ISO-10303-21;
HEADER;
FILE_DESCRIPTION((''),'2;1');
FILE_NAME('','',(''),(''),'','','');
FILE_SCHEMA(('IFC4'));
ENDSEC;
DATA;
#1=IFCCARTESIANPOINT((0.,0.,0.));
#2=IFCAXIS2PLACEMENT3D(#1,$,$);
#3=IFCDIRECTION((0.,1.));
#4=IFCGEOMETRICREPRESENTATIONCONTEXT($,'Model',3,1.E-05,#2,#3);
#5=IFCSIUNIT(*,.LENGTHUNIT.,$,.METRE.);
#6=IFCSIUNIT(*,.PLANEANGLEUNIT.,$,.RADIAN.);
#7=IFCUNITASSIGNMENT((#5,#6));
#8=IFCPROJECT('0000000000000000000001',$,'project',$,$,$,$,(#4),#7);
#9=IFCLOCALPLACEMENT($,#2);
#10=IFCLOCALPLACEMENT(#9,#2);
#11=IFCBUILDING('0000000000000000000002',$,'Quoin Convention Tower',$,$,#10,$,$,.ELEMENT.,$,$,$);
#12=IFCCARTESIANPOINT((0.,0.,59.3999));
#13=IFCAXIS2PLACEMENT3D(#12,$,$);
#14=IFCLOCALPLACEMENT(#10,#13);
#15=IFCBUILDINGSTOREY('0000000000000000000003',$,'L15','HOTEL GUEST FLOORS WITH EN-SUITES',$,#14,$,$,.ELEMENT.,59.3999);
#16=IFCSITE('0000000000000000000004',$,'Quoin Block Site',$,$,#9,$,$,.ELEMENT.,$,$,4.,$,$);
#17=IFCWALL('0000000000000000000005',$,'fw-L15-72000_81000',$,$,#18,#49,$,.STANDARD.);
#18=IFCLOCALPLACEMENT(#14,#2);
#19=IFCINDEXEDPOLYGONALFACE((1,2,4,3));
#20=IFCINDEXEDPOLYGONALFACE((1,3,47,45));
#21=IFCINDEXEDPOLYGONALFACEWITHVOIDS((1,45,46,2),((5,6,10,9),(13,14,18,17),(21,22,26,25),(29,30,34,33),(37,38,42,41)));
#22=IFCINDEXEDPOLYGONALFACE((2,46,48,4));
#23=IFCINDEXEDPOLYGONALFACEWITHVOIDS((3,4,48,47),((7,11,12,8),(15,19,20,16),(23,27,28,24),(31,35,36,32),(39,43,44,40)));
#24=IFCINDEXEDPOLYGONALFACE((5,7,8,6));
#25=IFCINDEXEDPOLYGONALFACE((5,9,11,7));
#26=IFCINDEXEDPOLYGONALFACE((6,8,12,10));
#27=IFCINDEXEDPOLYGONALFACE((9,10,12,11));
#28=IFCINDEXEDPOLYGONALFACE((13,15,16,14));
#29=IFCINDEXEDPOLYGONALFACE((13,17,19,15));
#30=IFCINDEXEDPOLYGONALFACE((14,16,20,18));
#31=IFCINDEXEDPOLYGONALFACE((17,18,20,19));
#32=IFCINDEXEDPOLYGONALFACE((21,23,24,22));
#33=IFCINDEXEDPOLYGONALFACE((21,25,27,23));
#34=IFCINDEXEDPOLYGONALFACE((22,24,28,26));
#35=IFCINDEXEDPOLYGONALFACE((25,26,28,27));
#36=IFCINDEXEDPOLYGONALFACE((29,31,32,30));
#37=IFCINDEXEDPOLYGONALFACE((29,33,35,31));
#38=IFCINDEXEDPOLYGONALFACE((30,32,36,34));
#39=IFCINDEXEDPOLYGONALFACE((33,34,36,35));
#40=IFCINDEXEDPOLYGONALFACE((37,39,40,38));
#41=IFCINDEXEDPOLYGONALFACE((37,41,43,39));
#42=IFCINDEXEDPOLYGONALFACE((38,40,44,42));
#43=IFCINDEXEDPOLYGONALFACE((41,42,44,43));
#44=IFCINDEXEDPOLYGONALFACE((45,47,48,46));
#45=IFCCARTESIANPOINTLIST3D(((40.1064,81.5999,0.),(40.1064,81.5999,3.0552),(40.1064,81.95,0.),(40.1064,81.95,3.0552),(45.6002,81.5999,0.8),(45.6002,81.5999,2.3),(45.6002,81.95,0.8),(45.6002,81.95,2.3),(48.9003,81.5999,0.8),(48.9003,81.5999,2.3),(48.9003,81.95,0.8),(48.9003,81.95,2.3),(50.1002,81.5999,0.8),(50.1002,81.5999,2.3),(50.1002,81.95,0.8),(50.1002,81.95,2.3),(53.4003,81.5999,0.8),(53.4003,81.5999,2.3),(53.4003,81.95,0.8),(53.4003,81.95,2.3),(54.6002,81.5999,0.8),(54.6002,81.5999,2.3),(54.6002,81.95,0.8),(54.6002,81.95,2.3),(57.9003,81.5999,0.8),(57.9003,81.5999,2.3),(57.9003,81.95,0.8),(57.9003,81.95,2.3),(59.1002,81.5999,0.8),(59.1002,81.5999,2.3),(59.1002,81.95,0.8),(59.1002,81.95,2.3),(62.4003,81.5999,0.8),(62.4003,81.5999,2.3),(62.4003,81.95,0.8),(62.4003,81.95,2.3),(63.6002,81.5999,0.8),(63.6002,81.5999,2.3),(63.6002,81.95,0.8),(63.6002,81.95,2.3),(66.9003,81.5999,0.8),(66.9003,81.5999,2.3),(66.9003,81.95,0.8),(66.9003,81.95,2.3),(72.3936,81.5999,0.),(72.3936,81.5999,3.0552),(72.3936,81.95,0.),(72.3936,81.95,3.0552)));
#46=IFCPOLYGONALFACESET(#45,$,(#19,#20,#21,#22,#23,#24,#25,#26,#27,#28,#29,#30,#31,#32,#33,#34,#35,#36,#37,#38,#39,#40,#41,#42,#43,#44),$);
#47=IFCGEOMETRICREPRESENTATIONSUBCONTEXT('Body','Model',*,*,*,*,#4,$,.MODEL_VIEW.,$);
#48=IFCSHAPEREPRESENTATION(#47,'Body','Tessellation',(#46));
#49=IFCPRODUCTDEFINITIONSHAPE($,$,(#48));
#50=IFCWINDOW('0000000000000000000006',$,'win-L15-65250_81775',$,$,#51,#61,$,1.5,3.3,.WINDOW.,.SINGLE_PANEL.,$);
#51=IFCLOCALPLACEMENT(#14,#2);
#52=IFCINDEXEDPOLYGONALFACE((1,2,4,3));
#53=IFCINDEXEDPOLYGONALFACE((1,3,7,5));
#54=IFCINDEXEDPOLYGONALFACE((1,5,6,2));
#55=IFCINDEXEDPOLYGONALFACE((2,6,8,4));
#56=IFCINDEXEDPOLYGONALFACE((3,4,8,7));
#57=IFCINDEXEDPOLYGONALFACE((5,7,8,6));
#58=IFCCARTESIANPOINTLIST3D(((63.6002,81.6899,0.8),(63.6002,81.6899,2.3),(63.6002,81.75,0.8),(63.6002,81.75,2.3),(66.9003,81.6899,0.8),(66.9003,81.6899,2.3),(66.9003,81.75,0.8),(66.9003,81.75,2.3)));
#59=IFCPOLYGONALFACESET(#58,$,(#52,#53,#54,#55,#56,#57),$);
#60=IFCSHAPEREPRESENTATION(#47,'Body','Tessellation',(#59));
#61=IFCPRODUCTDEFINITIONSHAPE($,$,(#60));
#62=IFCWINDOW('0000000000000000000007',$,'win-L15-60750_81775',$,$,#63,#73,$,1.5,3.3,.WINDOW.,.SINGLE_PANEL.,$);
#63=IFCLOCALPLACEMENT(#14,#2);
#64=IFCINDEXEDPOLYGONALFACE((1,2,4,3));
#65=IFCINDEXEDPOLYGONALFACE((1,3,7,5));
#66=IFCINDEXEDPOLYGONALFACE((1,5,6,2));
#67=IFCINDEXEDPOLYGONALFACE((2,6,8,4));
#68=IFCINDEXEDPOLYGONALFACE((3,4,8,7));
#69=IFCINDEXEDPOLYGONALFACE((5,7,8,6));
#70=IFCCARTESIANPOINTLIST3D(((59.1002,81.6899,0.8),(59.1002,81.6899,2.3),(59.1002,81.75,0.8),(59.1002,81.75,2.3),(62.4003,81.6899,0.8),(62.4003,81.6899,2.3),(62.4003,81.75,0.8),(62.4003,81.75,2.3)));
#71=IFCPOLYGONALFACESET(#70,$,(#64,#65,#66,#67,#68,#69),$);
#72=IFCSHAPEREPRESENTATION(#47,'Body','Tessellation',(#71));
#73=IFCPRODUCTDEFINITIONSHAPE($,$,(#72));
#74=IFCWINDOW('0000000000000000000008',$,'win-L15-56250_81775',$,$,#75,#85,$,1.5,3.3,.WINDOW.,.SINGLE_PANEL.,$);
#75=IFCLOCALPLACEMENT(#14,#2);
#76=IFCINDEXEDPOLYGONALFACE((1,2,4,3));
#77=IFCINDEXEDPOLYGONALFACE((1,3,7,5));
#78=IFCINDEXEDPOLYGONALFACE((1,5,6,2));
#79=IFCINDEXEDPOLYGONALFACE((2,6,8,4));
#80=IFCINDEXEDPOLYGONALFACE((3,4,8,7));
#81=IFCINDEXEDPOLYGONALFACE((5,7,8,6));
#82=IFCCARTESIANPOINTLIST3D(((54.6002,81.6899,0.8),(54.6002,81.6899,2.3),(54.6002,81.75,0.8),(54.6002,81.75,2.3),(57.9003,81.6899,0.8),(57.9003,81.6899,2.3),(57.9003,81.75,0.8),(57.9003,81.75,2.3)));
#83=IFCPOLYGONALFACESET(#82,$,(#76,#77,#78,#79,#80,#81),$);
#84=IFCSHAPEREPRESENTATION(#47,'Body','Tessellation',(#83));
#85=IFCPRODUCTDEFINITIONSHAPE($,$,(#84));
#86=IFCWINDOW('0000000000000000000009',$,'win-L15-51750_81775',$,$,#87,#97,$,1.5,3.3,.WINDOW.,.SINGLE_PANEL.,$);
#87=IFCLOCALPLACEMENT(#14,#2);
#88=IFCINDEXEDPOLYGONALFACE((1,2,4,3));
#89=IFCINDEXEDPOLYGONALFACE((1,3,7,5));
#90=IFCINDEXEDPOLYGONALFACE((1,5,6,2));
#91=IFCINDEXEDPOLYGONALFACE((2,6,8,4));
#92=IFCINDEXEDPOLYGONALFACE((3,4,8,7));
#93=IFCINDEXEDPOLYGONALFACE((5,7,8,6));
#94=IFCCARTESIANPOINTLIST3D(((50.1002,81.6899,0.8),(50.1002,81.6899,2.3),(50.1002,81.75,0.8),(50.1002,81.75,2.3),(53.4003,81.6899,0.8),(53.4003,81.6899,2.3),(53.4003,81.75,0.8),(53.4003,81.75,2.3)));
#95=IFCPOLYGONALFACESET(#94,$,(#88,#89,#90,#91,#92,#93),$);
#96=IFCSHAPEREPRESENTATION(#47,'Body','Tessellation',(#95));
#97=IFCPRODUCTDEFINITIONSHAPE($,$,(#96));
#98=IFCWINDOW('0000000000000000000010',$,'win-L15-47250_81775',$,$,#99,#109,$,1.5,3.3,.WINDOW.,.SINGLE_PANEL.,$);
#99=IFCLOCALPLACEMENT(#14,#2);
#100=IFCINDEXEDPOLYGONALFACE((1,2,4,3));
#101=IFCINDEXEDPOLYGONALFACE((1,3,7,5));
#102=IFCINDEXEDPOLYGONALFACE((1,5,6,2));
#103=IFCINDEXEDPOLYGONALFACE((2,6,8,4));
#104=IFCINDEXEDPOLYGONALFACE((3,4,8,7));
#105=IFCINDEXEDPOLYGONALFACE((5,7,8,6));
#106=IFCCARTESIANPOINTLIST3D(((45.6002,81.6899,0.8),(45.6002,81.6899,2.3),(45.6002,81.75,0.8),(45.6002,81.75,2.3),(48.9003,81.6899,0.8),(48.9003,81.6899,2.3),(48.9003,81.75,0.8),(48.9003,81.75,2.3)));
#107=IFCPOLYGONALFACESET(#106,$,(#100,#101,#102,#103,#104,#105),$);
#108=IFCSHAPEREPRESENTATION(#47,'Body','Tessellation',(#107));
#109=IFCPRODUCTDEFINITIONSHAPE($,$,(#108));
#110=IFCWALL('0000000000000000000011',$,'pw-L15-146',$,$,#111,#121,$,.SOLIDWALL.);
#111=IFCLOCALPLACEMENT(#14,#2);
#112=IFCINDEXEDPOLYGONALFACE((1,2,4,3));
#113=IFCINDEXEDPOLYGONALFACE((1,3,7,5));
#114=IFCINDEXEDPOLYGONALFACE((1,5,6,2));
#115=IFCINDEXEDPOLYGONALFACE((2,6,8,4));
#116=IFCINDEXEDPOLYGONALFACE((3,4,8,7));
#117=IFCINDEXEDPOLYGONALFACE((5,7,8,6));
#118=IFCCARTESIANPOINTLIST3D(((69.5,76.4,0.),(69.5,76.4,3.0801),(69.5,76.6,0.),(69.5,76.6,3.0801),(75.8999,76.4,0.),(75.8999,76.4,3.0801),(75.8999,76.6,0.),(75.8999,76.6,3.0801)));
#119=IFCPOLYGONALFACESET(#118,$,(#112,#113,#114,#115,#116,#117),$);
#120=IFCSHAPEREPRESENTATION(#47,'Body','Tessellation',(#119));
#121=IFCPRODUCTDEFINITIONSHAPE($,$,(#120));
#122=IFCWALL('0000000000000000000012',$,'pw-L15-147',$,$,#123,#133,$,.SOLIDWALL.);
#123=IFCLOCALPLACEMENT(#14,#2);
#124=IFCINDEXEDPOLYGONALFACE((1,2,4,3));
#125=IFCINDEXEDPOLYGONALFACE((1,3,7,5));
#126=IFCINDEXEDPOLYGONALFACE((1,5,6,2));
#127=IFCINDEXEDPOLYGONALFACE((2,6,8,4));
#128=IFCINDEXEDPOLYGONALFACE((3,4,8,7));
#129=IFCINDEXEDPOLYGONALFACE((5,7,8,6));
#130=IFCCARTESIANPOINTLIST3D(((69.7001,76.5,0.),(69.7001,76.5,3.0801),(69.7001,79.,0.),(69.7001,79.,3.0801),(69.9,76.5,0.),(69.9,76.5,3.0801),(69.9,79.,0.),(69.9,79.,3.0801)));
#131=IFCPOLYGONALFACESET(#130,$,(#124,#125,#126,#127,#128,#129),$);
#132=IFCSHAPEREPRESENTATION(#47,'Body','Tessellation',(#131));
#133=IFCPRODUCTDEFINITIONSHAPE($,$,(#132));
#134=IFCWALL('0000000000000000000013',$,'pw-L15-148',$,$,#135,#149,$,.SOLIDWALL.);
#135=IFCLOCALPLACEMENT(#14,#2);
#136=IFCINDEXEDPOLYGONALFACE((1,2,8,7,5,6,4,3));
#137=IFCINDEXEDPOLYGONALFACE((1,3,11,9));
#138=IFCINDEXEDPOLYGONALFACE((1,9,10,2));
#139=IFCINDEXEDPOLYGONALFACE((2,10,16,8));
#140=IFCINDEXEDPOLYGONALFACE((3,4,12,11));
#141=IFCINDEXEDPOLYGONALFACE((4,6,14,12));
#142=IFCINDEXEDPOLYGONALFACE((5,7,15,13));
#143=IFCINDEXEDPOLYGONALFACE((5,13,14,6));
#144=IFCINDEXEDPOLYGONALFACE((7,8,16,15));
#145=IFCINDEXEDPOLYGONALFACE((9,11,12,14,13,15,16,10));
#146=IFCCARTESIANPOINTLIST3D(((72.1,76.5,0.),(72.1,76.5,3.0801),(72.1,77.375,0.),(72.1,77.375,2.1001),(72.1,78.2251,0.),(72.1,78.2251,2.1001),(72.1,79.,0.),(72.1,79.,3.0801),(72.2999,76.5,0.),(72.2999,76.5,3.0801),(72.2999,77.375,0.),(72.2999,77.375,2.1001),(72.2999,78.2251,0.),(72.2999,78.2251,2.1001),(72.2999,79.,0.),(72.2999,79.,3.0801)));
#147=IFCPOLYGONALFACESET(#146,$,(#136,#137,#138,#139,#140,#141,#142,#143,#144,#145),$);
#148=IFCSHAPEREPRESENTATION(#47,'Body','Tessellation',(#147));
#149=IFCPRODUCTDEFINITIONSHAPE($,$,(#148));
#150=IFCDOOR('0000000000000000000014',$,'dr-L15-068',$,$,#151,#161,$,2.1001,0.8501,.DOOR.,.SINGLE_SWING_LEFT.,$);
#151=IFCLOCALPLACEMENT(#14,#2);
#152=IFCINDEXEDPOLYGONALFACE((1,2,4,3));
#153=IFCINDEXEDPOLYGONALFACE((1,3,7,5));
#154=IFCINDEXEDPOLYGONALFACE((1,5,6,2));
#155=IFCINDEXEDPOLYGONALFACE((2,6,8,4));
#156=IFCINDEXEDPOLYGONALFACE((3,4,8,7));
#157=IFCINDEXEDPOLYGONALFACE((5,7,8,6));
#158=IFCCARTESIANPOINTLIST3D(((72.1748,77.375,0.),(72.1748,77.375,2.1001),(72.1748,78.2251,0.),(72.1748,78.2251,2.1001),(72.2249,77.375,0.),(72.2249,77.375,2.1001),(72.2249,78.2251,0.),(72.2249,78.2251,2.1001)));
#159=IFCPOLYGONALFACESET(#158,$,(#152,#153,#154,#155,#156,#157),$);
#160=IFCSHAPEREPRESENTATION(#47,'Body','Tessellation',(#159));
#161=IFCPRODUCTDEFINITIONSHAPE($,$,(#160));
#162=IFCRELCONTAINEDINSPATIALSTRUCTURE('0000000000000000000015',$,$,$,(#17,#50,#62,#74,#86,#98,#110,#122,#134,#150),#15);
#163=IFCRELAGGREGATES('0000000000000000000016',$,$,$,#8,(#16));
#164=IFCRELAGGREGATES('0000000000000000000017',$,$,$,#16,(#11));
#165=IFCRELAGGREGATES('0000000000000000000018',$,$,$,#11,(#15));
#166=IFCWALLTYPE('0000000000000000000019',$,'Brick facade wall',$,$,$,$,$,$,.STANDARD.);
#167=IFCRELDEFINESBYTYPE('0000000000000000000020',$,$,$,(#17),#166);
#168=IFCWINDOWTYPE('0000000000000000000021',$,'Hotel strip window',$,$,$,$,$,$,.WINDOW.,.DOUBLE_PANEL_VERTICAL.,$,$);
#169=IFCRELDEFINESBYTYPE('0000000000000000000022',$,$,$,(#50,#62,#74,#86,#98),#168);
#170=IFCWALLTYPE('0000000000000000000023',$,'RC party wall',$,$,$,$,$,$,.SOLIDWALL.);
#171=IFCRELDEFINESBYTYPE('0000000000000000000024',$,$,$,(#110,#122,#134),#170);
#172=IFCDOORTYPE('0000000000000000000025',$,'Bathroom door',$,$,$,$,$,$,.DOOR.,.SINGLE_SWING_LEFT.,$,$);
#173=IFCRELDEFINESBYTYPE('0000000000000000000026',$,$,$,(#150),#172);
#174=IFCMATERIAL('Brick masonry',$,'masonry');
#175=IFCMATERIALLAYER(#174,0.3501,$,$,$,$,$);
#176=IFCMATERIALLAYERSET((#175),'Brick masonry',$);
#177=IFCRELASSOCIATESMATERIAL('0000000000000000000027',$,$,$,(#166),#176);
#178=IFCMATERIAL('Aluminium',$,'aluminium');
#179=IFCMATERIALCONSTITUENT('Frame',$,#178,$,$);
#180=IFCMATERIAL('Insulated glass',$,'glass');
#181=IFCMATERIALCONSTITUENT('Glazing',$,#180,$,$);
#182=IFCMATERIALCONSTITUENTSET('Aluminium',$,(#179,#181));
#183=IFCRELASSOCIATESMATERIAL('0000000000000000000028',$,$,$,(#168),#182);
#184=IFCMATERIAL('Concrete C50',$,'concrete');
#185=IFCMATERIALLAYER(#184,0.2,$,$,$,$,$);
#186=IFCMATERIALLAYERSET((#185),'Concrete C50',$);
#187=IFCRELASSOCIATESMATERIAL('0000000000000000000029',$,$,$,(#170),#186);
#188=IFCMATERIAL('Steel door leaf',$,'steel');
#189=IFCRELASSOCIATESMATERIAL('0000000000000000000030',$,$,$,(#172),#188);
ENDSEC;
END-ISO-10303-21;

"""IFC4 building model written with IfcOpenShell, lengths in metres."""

from ifc_helpers import new_model, si_unit, direction, frame, frame_2d, origin, place, context, subcontext, project, spatial, rectangle, extrude, material, layer, layer_set, constituent, constituent_set, type_object, element, fill, save


model = new_model("IFC4")

# Units and contexts
model_context = context("Model", 3, precision=1e-05, world=origin(), true_north=direction((0.0, 1.0)))
body_context = subcontext(model_context, "Body", "Model", "MODEL_VIEW")
ifc_project = project(units=[si_unit("LENGTHUNIT", "METRE"), si_unit("PLANEANGLEUNIT", "RADIAN")], contexts=[model_context])

# Site, building, storey
site_placement = place(None, origin())
site = spatial("IfcSite", under=ifc_project, at=site_placement, Name="Quoin Block Site", CompositionType="ELEMENT", RefElevation=4.0)
building_placement = place(site_placement, origin())
building = spatial("IfcBuilding", under=site, at=building_placement, Name="Quoin Convention Tower", CompositionType="ELEMENT")
storey_placement = place(building_placement, frame((0.0, 0.0, 59.3999)))
storey = spatial("IfcBuildingStorey", under=building, at=storey_placement, Name="L15", Description="HOTEL GUEST FLOORS WITH EN-SUITES", CompositionType="ELEMENT", Elevation=59.3999)

# Shared definitions
ifc_material_1 = material(Name="Brick masonry", Category="masonry")
ifc_layer_1 = layer(ifc_material_1, 0.3501)
ifc_layer_set_1 = layer_set([ifc_layer_1], Name="Brick masonry")
wall_type_1 = type_object("IfcWallType", Name="Brick facade wall", PredefinedType="STANDARD", material=ifc_layer_set_1)
ifc_material_2 = material(Name="Aluminium", Category="aluminium")
ifc_constituent_1 = constituent(ifc_material_2, Name="Frame")
ifc_material_3 = material(Name="Insulated glass", Category="glass")
ifc_constituent_2 = constituent(ifc_material_3, Name="Glazing")
ifc_constituent_set = constituent_set(constituents=[ifc_constituent_1, ifc_constituent_2], Name="Aluminium")
window_type = type_object("IfcWindowType", Name="Hotel strip window", PartitioningType="DOUBLE_PANEL_VERTICAL", PredefinedType="WINDOW", material=ifc_constituent_set)

# Wall, openings, windows
wall_1_placement = place(storey_placement, frame((72.3936, 81.7749, 0.0), z_axis=(0.0, 0.0, 1.0), x_axis=(-1.0, 0.0, 0.0)))
wall_1 = element("IfcWall", 1, at=wall_1_placement, inside=storey, type_object=wall_type_1, Name="fw-L15-72000_81000", PredefinedType="STANDARD", context=body_context, shape_type="SweptSolid", body=[
    extrude(rectangle(XDim=32.2871, YDim=0.3501, at=frame_2d((16.1436, 0.0))), origin(), (0.0, 0.0, 1.0), 3.0552),
])
opening_1_placement = place(wall_1_placement, frame((5.4934, 0.0, 0.8)))
opening_1 = element("IfcOpeningElement", 2, at=opening_1_placement, cuts=wall_1, PredefinedType="OPENING", context=body_context, shape_type="SweptSolid", body=[
    extrude(rectangle(XDim=3.3, YDim=1.5, at=frame_2d((1.6499, 0.75))), frame((0.0, 0.1851, 0.0), z_axis=(0.0, -1.0, 0.0), x_axis=(1.0, 0.0, 0.0)), (0.0, 0.0, 1.0), 0.3701),
])
opening_2_placement = place(wall_1_placement, frame((9.9934, 0.0, 0.8)))
opening_2 = element("IfcOpeningElement", 3, at=opening_2_placement, cuts=wall_1, PredefinedType="OPENING", context=body_context, shape_type="SweptSolid", body=[
    extrude(rectangle(XDim=3.3, YDim=1.5, at=frame_2d((1.6499, 0.75))), frame((0.0, 0.1851, 0.0), z_axis=(0.0, -1.0, 0.0), x_axis=(1.0, 0.0, 0.0)), (0.0, 0.0, 1.0), 0.3701),
])
opening_3_placement = place(wall_1_placement, frame((14.4934, 0.0, 0.8)))
opening_3 = element("IfcOpeningElement", 4, at=opening_3_placement, cuts=wall_1, PredefinedType="OPENING", context=body_context, shape_type="SweptSolid", body=[
    extrude(rectangle(XDim=3.3, YDim=1.5, at=frame_2d((1.6499, 0.75))), frame((0.0, 0.1851, 0.0), z_axis=(0.0, -1.0, 0.0), x_axis=(1.0, 0.0, 0.0)), (0.0, 0.0, 1.0), 0.3701),
])
opening_4_placement = place(wall_1_placement, frame((18.9934, 0.0, 0.8)))
opening_4 = element("IfcOpeningElement", 5, at=opening_4_placement, cuts=wall_1, PredefinedType="OPENING", context=body_context, shape_type="SweptSolid", body=[
    extrude(rectangle(XDim=3.3, YDim=1.5, at=frame_2d((1.6499, 0.75))), frame((0.0, 0.1851, 0.0), z_axis=(0.0, -1.0, 0.0), x_axis=(1.0, 0.0, 0.0)), (0.0, 0.0, 1.0), 0.3701),
])
opening_5_placement = place(wall_1_placement, frame((23.4934, 0.0, 0.8)))
opening_5 = element("IfcOpeningElement", 6, at=opening_5_placement, cuts=wall_1, PredefinedType="OPENING", context=body_context, shape_type="SweptSolid", body=[
    extrude(rectangle(XDim=3.3, YDim=1.5, at=frame_2d((1.6499, 0.75))), frame((0.0, 0.1851, 0.0), z_axis=(0.0, -1.0, 0.0), x_axis=(1.0, 0.0, 0.0)), (0.0, 0.0, 1.0), 0.3701),
])
window_1_placement = place(opening_1_placement, origin())
window_1 = element("IfcWindow", 7, at=window_1_placement, inside=storey, type_object=window_type, Name="win-L15-65250_81775", OverallHeight=1.5, OverallWidth=3.3, PartitioningType="SINGLE_PANEL", PredefinedType="WINDOW", context=body_context, shape_type="SweptSolid", body=[
    extrude(rectangle(XDim=3.3, YDim=1.5, at=frame_2d((1.6499, 0.75))), frame((0.0, 0.085, 0.0), z_axis=(0.0, -1.0, 0.0), x_axis=(1.0, 0.0, 0.0)), (0.0, 0.0, 1.0), 0.0601),
])
fill(opening_1, window_1)
window_2_placement = place(opening_2_placement, origin())
window_2 = element("IfcWindow", 8, at=window_2_placement, inside=storey, type_object=window_type, Name="win-L15-60750_81775", OverallHeight=1.5, OverallWidth=3.3, PartitioningType="SINGLE_PANEL", PredefinedType="WINDOW", context=body_context, shape_type="SweptSolid", body=[
    extrude(rectangle(XDim=3.3, YDim=1.5, at=frame_2d((1.6499, 0.75))), frame((0.0, 0.085, 0.0), z_axis=(0.0, -1.0, 0.0), x_axis=(1.0, 0.0, 0.0)), (0.0, 0.0, 1.0), 0.0601),
])
fill(opening_2, window_2)
window_3_placement = place(opening_3_placement, origin())
window_3 = element("IfcWindow", 9, at=window_3_placement, inside=storey, type_object=window_type, Name="win-L15-56250_81775", OverallHeight=1.5, OverallWidth=3.3, PartitioningType="SINGLE_PANEL", PredefinedType="WINDOW", context=body_context, shape_type="SweptSolid", body=[
    extrude(rectangle(XDim=3.3, YDim=1.5, at=frame_2d((1.6499, 0.75))), frame((0.0, 0.085, 0.0), z_axis=(0.0, -1.0, 0.0), x_axis=(1.0, 0.0, 0.0)), (0.0, 0.0, 1.0), 0.0601),
])
fill(opening_3, window_3)
window_4_placement = place(opening_4_placement, origin())
window_4 = element("IfcWindow", 10, at=window_4_placement, inside=storey, type_object=window_type, Name="win-L15-51750_81775", OverallHeight=1.5, OverallWidth=3.3, PartitioningType="SINGLE_PANEL", PredefinedType="WINDOW", context=body_context, shape_type="SweptSolid", body=[
    extrude(rectangle(XDim=3.3, YDim=1.5, at=frame_2d((1.6499, 0.75))), frame((0.0, 0.085, 0.0), z_axis=(0.0, -1.0, 0.0), x_axis=(1.0, 0.0, 0.0)), (0.0, 0.0, 1.0), 0.0601),
])
fill(opening_4, window_4)
window_5_placement = place(opening_5_placement, origin())
window_5 = element("IfcWindow", 11, at=window_5_placement, inside=storey, type_object=window_type, Name="win-L15-47250_81775", OverallHeight=1.5, OverallWidth=3.3, PartitioningType="SINGLE_PANEL", PredefinedType="WINDOW", context=body_context, shape_type="SweptSolid", body=[
    extrude(rectangle(XDim=3.3, YDim=1.5, at=frame_2d((1.6499, 0.75))), frame((0.0, 0.085, 0.0), z_axis=(0.0, -1.0, 0.0), x_axis=(1.0, 0.0, 0.0)), (0.0, 0.0, 1.0), 0.0601),
])
fill(opening_5, window_5)

# Walls
ifc_material_4 = material(Name="Concrete C50", Category="concrete")
ifc_layer_2 = layer(ifc_material_4, 0.2)
ifc_layer_set_2 = layer_set([ifc_layer_2], Name="Concrete C50")
wall_type_2 = type_object("IfcWallType", Name="RC party wall", PredefinedType="SOLIDWALL", material=ifc_layer_set_2)
wall_2_placement = place(storey_placement, frame((69.5, 76.5, 0.0), z_axis=(0.0, 0.0, 1.0), x_axis=(1.0, 0.0, 0.0)))
element("IfcWall", 12, at=wall_2_placement, inside=storey, type_object=wall_type_2, Name="pw-L15-146", PredefinedType="SOLIDWALL", context=body_context, shape_type="SweptSolid", body=[
    extrude(rectangle(XDim=6.3999, YDim=0.2, at=frame_2d((3.2, 0.0))), origin(), (0.0, 0.0, 1.0), 3.0801),
])
wall_3_placement = place(storey_placement, frame((69.8, 76.5, 0.0), z_axis=(0.0, 0.0, 1.0), x_axis=(0.0, 1.0, 0.0)))
element("IfcWall", 13, at=wall_3_placement, inside=storey, type_object=wall_type_2, Name="pw-L15-147", PredefinedType="SOLIDWALL", context=body_context, shape_type="SweptSolid", body=[
    extrude(rectangle(XDim=2.5, YDim=0.2, at=frame_2d((1.25, 0.0))), origin(), (0.0, 0.0, 1.0), 3.0801),
])

# Wall, opening, door
wall_4_placement = place(storey_placement, frame((72.2, 76.5, 0.0), z_axis=(0.0, 0.0, 1.0), x_axis=(0.0, 1.0, 0.0)))
wall_4 = element("IfcWall", 14, at=wall_4_placement, inside=storey, type_object=wall_type_2, Name="pw-L15-148", PredefinedType="SOLIDWALL", context=body_context, shape_type="SweptSolid", body=[
    extrude(rectangle(XDim=2.5, YDim=0.2, at=frame_2d((1.25, 0.0))), origin(), (0.0, 0.0, 1.0), 3.0801),
])
opening_6_placement = place(wall_4_placement, frame((0.875, 0.0, 0.0)))
opening_6 = element("IfcOpeningElement", 15, at=opening_6_placement, cuts=wall_4, PredefinedType="OPENING", context=body_context, shape_type="SweptSolid", body=[
    extrude(rectangle(XDim=0.8501, YDim=2.1001, at=frame_2d((0.425, 1.05))), frame((0.0, 0.1099, 0.0), z_axis=(0.0, -1.0, 0.0), x_axis=(1.0, 0.0, 0.0)), (0.0, 0.0, 1.0), 0.22),
])
ifc_material_5 = material(Name="Steel door leaf", Category="steel")
door_type = type_object("IfcDoorType", Name="Bathroom door", OperationType="SINGLE_SWING_LEFT", PredefinedType="DOOR", material=ifc_material_5)
door_placement = place(opening_6_placement, frame((0.8501, 0.0, 0.0), z_axis=(0.0, 0.0, 1.0), x_axis=(-1.0, 0.0, 0.0)))
door = element("IfcDoor", 16, at=door_placement, inside=storey, type_object=door_type, Name="dr-L15-068", OperationType="SINGLE_SWING_LEFT", OverallHeight=2.1001, OverallWidth=0.8501, PredefinedType="DOOR", context=body_context, shape_type="SweptSolid", body=[
    extrude(rectangle(XDim=0.8501, YDim=2.1001, at=frame_2d((0.425, 1.05))), frame((0.0, 0.0249, 0.0), z_axis=(0.0, -1.0, 0.0), x_axis=(1.0, 0.0, 0.0)), (0.0, 0.0, 1.0), 0.05),
])
fill(opening_6, door)

save(model, "model.ifc")
